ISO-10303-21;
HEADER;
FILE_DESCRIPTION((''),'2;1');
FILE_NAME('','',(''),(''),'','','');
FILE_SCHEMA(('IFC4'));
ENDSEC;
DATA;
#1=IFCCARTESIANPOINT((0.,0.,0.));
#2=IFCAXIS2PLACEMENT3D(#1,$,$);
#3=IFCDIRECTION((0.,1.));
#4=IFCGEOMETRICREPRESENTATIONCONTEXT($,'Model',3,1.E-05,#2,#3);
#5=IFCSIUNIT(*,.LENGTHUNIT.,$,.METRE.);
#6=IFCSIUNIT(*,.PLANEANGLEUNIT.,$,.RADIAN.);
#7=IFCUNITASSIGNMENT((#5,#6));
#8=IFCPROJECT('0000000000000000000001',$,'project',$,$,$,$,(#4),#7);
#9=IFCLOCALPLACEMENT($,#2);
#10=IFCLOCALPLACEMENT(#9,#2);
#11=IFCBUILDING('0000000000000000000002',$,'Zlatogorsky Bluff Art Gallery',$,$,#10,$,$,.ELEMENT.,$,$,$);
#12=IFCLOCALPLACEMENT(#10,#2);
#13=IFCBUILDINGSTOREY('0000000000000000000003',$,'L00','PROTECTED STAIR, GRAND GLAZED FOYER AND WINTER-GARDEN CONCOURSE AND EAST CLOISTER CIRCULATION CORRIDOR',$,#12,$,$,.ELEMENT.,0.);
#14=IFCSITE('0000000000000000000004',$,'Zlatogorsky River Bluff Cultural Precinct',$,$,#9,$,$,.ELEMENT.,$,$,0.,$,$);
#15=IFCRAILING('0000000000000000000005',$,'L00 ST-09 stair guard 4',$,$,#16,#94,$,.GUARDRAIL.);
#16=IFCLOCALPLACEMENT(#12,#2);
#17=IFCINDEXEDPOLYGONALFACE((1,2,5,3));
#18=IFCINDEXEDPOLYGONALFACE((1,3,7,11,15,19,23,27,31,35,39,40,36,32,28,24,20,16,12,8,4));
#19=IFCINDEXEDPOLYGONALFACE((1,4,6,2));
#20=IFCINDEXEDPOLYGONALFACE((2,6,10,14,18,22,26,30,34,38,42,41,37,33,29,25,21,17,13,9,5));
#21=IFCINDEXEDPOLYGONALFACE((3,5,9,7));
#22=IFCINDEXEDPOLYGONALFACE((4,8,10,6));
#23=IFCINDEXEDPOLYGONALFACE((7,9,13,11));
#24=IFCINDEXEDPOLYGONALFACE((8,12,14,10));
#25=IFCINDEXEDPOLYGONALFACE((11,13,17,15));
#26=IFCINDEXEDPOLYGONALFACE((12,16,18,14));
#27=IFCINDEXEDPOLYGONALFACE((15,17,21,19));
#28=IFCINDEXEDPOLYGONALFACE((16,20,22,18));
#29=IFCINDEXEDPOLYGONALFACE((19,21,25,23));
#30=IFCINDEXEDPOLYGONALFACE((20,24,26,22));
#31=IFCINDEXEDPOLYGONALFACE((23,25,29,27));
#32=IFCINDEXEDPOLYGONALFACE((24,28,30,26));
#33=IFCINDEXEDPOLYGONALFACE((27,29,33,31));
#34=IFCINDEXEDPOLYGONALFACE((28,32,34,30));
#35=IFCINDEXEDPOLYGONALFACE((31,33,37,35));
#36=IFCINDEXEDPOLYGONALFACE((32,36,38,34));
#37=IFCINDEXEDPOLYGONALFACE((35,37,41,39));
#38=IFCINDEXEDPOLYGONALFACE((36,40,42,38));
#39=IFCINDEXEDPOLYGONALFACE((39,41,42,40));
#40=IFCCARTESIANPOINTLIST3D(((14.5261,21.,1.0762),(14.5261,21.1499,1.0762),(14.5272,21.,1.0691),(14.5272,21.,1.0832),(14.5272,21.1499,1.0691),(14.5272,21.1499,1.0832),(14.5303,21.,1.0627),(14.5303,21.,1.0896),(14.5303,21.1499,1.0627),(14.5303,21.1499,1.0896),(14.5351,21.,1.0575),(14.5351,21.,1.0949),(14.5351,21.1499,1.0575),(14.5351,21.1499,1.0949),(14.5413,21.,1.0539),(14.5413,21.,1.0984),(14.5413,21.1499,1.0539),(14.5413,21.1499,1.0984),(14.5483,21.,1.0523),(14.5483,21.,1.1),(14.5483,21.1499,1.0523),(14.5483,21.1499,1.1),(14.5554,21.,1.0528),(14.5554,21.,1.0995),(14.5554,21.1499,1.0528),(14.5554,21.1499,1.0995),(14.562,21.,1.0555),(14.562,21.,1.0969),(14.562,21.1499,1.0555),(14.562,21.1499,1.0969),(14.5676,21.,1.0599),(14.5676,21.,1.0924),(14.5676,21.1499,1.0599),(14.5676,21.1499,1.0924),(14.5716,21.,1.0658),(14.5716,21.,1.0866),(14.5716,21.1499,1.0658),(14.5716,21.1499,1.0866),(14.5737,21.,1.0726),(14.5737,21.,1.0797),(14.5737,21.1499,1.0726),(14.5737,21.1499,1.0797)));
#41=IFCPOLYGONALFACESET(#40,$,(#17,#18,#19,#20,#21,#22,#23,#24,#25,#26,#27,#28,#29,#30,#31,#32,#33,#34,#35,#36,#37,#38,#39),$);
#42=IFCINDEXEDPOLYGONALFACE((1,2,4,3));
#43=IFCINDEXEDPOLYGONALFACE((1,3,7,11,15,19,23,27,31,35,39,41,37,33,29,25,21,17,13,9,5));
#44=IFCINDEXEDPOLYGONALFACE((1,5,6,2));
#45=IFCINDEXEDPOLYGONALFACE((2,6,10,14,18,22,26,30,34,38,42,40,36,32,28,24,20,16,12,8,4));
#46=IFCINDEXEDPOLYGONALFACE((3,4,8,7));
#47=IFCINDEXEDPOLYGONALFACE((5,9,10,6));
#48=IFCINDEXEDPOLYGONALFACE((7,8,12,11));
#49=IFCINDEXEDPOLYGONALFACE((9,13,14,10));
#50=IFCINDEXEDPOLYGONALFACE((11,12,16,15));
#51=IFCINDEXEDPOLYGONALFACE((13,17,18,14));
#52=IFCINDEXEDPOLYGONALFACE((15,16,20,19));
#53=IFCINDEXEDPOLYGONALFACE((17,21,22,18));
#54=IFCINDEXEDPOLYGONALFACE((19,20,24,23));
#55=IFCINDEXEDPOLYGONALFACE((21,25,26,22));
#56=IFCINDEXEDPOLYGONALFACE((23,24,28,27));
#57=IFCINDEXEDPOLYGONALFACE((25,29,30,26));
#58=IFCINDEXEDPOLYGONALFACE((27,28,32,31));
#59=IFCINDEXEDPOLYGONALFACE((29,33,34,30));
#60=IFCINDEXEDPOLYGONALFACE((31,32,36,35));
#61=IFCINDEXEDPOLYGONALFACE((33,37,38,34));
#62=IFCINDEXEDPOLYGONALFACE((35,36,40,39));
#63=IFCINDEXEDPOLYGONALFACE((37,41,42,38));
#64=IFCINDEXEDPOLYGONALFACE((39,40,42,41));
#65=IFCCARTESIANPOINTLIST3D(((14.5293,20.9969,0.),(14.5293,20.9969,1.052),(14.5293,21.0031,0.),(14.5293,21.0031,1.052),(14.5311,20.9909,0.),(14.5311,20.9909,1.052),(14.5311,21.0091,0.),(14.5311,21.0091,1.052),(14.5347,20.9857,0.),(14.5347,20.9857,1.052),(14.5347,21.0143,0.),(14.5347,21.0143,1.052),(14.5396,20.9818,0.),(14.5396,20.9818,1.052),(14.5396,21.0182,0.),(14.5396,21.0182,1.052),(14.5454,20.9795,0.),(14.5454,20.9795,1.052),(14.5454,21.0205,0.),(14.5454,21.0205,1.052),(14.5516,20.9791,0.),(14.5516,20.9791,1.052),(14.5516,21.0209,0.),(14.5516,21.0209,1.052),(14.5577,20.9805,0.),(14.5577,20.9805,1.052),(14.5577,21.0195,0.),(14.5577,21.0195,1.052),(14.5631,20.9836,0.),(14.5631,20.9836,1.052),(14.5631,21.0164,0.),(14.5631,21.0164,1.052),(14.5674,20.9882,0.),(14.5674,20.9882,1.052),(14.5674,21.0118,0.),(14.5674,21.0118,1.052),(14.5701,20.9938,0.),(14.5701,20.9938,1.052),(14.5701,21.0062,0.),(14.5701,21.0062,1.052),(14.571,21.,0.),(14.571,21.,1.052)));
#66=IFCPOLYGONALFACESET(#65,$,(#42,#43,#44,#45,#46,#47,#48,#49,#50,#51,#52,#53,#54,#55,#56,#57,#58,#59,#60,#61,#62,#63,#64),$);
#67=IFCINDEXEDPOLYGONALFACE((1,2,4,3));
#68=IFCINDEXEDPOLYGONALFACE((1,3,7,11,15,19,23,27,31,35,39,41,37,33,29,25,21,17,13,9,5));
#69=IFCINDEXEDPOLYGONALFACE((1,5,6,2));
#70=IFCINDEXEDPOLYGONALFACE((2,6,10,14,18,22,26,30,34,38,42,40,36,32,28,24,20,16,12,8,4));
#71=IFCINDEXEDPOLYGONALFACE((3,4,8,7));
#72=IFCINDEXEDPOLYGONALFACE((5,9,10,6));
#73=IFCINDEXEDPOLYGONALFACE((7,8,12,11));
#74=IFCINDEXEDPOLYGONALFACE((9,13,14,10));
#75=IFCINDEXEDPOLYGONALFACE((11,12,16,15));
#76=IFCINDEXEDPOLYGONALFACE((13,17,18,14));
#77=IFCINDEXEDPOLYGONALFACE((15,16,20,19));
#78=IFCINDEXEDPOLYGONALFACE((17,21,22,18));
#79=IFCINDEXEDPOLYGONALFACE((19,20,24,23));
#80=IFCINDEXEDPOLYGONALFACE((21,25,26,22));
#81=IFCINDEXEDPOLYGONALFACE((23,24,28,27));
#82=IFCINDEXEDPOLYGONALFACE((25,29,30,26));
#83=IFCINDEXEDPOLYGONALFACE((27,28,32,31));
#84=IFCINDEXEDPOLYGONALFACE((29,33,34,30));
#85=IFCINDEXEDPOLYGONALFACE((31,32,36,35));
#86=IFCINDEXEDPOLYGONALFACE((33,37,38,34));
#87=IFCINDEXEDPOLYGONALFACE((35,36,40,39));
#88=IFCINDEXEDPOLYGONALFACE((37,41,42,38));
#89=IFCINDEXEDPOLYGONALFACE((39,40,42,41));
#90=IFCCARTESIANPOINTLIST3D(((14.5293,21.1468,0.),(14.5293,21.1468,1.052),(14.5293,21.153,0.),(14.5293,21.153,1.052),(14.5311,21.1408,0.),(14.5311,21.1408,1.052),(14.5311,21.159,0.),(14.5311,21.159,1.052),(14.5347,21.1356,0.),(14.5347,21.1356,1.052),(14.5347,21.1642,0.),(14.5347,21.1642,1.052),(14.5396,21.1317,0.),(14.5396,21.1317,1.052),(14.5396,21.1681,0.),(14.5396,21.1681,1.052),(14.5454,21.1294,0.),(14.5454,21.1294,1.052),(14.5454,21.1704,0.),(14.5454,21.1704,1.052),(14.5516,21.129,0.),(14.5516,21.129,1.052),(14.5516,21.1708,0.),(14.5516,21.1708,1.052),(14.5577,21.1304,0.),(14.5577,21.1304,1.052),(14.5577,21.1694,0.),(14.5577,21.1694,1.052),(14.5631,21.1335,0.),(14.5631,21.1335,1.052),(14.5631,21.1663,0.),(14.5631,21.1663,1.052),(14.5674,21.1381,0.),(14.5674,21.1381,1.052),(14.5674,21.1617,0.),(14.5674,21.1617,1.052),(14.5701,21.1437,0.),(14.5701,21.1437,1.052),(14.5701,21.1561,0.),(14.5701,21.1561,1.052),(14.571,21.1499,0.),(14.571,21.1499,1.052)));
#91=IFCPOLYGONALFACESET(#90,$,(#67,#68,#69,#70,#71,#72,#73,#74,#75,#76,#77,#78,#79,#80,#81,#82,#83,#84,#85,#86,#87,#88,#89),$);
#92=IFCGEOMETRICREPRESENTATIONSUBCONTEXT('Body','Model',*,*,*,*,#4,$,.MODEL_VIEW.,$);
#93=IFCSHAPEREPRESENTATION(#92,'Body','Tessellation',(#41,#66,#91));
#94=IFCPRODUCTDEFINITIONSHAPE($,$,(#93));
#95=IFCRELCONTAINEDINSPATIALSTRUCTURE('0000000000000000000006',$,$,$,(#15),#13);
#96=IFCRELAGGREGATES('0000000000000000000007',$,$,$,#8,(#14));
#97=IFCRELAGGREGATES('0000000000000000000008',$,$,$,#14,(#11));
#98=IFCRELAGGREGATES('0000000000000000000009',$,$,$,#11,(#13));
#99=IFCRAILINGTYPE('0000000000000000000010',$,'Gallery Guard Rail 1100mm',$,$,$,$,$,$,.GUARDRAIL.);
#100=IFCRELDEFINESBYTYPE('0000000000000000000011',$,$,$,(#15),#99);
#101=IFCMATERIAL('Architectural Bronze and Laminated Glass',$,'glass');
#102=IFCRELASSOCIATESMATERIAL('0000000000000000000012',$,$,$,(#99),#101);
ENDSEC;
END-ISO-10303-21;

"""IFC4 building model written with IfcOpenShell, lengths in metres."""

from ifc_helpers import new_model, si_unit, direction, frame, origin, origin_2d, place, context, subcontext, project, spatial, circle, extrude, material, type_object, element, save


model = new_model("IFC4")

# Units and contexts
model_context = context("Model", 3, precision=1e-05, world=origin(), true_north=direction((0.0, 1.0)))
body_context = subcontext(model_context, "Body", "Model", "MODEL_VIEW")
ifc_project = project(units=[si_unit("LENGTHUNIT", "METRE"), si_unit("PLANEANGLEUNIT", "RADIAN")], contexts=[model_context])

# Site, building, storey
site_placement = place(None, origin())
site = spatial("IfcSite", under=ifc_project, at=site_placement, Name="Zlatogorsky River Bluff Cultural Precinct", CompositionType="ELEMENT", RefElevation=0.0)
building_placement = place(site_placement, origin())
building = spatial("IfcBuilding", under=site, at=building_placement, Name="Zlatogorsky Bluff Art Gallery", CompositionType="ELEMENT")
storey_placement = place(building_placement, origin())
storey = spatial("IfcBuildingStorey", under=building, at=storey_placement, Name="L00", Description="PROTECTED STAIR, GRAND GLAZED FOYER AND WINTER-GARDEN CONCOURSE AND EAST CLOISTER CIRCULATION CORRIDOR", CompositionType="ELEMENT", Elevation=0.0)

# Railing
ifc_material_1 = material(Name="Architectural Bronze and Laminated Glass", Category="glass")
railing_type_1 = type_object("IfcRailingType", Name="Gallery Guard Rail 1100mm", PredefinedType="GUARDRAIL", material=ifc_material_1)
railing_1_placement = place(storey_placement, frame((14.55, 21.0, 0.0)))
element("IfcRailing", 1, at=railing_1_placement, inside=storey, type_object=railing_type_1, Name="L00 ST-09 stair guard 4", PredefinedType="GUARDRAIL", context=body_context, shape_type="SweptSolid", body=[
    extrude(circle(Radius=0.0239, at=origin_2d()), frame((0.0, 0.0, 1.0762), z_axis=(0.0, 1.0, 0.0), x_axis=(-1.0, 0.0, 0.0)), (0.0, 0.0, 1.0), 0.1499),
    extrude(circle(Radius=0.021, at=origin_2d()), origin(), (0.0, 0.0, 1.0), 1.052),
    extrude(circle(Radius=0.021, at=origin_2d()), frame((0.0, 0.1499, 0.0)), (0.0, 0.0, 1.0), 1.052),
])

save(model, "model.ifc")
